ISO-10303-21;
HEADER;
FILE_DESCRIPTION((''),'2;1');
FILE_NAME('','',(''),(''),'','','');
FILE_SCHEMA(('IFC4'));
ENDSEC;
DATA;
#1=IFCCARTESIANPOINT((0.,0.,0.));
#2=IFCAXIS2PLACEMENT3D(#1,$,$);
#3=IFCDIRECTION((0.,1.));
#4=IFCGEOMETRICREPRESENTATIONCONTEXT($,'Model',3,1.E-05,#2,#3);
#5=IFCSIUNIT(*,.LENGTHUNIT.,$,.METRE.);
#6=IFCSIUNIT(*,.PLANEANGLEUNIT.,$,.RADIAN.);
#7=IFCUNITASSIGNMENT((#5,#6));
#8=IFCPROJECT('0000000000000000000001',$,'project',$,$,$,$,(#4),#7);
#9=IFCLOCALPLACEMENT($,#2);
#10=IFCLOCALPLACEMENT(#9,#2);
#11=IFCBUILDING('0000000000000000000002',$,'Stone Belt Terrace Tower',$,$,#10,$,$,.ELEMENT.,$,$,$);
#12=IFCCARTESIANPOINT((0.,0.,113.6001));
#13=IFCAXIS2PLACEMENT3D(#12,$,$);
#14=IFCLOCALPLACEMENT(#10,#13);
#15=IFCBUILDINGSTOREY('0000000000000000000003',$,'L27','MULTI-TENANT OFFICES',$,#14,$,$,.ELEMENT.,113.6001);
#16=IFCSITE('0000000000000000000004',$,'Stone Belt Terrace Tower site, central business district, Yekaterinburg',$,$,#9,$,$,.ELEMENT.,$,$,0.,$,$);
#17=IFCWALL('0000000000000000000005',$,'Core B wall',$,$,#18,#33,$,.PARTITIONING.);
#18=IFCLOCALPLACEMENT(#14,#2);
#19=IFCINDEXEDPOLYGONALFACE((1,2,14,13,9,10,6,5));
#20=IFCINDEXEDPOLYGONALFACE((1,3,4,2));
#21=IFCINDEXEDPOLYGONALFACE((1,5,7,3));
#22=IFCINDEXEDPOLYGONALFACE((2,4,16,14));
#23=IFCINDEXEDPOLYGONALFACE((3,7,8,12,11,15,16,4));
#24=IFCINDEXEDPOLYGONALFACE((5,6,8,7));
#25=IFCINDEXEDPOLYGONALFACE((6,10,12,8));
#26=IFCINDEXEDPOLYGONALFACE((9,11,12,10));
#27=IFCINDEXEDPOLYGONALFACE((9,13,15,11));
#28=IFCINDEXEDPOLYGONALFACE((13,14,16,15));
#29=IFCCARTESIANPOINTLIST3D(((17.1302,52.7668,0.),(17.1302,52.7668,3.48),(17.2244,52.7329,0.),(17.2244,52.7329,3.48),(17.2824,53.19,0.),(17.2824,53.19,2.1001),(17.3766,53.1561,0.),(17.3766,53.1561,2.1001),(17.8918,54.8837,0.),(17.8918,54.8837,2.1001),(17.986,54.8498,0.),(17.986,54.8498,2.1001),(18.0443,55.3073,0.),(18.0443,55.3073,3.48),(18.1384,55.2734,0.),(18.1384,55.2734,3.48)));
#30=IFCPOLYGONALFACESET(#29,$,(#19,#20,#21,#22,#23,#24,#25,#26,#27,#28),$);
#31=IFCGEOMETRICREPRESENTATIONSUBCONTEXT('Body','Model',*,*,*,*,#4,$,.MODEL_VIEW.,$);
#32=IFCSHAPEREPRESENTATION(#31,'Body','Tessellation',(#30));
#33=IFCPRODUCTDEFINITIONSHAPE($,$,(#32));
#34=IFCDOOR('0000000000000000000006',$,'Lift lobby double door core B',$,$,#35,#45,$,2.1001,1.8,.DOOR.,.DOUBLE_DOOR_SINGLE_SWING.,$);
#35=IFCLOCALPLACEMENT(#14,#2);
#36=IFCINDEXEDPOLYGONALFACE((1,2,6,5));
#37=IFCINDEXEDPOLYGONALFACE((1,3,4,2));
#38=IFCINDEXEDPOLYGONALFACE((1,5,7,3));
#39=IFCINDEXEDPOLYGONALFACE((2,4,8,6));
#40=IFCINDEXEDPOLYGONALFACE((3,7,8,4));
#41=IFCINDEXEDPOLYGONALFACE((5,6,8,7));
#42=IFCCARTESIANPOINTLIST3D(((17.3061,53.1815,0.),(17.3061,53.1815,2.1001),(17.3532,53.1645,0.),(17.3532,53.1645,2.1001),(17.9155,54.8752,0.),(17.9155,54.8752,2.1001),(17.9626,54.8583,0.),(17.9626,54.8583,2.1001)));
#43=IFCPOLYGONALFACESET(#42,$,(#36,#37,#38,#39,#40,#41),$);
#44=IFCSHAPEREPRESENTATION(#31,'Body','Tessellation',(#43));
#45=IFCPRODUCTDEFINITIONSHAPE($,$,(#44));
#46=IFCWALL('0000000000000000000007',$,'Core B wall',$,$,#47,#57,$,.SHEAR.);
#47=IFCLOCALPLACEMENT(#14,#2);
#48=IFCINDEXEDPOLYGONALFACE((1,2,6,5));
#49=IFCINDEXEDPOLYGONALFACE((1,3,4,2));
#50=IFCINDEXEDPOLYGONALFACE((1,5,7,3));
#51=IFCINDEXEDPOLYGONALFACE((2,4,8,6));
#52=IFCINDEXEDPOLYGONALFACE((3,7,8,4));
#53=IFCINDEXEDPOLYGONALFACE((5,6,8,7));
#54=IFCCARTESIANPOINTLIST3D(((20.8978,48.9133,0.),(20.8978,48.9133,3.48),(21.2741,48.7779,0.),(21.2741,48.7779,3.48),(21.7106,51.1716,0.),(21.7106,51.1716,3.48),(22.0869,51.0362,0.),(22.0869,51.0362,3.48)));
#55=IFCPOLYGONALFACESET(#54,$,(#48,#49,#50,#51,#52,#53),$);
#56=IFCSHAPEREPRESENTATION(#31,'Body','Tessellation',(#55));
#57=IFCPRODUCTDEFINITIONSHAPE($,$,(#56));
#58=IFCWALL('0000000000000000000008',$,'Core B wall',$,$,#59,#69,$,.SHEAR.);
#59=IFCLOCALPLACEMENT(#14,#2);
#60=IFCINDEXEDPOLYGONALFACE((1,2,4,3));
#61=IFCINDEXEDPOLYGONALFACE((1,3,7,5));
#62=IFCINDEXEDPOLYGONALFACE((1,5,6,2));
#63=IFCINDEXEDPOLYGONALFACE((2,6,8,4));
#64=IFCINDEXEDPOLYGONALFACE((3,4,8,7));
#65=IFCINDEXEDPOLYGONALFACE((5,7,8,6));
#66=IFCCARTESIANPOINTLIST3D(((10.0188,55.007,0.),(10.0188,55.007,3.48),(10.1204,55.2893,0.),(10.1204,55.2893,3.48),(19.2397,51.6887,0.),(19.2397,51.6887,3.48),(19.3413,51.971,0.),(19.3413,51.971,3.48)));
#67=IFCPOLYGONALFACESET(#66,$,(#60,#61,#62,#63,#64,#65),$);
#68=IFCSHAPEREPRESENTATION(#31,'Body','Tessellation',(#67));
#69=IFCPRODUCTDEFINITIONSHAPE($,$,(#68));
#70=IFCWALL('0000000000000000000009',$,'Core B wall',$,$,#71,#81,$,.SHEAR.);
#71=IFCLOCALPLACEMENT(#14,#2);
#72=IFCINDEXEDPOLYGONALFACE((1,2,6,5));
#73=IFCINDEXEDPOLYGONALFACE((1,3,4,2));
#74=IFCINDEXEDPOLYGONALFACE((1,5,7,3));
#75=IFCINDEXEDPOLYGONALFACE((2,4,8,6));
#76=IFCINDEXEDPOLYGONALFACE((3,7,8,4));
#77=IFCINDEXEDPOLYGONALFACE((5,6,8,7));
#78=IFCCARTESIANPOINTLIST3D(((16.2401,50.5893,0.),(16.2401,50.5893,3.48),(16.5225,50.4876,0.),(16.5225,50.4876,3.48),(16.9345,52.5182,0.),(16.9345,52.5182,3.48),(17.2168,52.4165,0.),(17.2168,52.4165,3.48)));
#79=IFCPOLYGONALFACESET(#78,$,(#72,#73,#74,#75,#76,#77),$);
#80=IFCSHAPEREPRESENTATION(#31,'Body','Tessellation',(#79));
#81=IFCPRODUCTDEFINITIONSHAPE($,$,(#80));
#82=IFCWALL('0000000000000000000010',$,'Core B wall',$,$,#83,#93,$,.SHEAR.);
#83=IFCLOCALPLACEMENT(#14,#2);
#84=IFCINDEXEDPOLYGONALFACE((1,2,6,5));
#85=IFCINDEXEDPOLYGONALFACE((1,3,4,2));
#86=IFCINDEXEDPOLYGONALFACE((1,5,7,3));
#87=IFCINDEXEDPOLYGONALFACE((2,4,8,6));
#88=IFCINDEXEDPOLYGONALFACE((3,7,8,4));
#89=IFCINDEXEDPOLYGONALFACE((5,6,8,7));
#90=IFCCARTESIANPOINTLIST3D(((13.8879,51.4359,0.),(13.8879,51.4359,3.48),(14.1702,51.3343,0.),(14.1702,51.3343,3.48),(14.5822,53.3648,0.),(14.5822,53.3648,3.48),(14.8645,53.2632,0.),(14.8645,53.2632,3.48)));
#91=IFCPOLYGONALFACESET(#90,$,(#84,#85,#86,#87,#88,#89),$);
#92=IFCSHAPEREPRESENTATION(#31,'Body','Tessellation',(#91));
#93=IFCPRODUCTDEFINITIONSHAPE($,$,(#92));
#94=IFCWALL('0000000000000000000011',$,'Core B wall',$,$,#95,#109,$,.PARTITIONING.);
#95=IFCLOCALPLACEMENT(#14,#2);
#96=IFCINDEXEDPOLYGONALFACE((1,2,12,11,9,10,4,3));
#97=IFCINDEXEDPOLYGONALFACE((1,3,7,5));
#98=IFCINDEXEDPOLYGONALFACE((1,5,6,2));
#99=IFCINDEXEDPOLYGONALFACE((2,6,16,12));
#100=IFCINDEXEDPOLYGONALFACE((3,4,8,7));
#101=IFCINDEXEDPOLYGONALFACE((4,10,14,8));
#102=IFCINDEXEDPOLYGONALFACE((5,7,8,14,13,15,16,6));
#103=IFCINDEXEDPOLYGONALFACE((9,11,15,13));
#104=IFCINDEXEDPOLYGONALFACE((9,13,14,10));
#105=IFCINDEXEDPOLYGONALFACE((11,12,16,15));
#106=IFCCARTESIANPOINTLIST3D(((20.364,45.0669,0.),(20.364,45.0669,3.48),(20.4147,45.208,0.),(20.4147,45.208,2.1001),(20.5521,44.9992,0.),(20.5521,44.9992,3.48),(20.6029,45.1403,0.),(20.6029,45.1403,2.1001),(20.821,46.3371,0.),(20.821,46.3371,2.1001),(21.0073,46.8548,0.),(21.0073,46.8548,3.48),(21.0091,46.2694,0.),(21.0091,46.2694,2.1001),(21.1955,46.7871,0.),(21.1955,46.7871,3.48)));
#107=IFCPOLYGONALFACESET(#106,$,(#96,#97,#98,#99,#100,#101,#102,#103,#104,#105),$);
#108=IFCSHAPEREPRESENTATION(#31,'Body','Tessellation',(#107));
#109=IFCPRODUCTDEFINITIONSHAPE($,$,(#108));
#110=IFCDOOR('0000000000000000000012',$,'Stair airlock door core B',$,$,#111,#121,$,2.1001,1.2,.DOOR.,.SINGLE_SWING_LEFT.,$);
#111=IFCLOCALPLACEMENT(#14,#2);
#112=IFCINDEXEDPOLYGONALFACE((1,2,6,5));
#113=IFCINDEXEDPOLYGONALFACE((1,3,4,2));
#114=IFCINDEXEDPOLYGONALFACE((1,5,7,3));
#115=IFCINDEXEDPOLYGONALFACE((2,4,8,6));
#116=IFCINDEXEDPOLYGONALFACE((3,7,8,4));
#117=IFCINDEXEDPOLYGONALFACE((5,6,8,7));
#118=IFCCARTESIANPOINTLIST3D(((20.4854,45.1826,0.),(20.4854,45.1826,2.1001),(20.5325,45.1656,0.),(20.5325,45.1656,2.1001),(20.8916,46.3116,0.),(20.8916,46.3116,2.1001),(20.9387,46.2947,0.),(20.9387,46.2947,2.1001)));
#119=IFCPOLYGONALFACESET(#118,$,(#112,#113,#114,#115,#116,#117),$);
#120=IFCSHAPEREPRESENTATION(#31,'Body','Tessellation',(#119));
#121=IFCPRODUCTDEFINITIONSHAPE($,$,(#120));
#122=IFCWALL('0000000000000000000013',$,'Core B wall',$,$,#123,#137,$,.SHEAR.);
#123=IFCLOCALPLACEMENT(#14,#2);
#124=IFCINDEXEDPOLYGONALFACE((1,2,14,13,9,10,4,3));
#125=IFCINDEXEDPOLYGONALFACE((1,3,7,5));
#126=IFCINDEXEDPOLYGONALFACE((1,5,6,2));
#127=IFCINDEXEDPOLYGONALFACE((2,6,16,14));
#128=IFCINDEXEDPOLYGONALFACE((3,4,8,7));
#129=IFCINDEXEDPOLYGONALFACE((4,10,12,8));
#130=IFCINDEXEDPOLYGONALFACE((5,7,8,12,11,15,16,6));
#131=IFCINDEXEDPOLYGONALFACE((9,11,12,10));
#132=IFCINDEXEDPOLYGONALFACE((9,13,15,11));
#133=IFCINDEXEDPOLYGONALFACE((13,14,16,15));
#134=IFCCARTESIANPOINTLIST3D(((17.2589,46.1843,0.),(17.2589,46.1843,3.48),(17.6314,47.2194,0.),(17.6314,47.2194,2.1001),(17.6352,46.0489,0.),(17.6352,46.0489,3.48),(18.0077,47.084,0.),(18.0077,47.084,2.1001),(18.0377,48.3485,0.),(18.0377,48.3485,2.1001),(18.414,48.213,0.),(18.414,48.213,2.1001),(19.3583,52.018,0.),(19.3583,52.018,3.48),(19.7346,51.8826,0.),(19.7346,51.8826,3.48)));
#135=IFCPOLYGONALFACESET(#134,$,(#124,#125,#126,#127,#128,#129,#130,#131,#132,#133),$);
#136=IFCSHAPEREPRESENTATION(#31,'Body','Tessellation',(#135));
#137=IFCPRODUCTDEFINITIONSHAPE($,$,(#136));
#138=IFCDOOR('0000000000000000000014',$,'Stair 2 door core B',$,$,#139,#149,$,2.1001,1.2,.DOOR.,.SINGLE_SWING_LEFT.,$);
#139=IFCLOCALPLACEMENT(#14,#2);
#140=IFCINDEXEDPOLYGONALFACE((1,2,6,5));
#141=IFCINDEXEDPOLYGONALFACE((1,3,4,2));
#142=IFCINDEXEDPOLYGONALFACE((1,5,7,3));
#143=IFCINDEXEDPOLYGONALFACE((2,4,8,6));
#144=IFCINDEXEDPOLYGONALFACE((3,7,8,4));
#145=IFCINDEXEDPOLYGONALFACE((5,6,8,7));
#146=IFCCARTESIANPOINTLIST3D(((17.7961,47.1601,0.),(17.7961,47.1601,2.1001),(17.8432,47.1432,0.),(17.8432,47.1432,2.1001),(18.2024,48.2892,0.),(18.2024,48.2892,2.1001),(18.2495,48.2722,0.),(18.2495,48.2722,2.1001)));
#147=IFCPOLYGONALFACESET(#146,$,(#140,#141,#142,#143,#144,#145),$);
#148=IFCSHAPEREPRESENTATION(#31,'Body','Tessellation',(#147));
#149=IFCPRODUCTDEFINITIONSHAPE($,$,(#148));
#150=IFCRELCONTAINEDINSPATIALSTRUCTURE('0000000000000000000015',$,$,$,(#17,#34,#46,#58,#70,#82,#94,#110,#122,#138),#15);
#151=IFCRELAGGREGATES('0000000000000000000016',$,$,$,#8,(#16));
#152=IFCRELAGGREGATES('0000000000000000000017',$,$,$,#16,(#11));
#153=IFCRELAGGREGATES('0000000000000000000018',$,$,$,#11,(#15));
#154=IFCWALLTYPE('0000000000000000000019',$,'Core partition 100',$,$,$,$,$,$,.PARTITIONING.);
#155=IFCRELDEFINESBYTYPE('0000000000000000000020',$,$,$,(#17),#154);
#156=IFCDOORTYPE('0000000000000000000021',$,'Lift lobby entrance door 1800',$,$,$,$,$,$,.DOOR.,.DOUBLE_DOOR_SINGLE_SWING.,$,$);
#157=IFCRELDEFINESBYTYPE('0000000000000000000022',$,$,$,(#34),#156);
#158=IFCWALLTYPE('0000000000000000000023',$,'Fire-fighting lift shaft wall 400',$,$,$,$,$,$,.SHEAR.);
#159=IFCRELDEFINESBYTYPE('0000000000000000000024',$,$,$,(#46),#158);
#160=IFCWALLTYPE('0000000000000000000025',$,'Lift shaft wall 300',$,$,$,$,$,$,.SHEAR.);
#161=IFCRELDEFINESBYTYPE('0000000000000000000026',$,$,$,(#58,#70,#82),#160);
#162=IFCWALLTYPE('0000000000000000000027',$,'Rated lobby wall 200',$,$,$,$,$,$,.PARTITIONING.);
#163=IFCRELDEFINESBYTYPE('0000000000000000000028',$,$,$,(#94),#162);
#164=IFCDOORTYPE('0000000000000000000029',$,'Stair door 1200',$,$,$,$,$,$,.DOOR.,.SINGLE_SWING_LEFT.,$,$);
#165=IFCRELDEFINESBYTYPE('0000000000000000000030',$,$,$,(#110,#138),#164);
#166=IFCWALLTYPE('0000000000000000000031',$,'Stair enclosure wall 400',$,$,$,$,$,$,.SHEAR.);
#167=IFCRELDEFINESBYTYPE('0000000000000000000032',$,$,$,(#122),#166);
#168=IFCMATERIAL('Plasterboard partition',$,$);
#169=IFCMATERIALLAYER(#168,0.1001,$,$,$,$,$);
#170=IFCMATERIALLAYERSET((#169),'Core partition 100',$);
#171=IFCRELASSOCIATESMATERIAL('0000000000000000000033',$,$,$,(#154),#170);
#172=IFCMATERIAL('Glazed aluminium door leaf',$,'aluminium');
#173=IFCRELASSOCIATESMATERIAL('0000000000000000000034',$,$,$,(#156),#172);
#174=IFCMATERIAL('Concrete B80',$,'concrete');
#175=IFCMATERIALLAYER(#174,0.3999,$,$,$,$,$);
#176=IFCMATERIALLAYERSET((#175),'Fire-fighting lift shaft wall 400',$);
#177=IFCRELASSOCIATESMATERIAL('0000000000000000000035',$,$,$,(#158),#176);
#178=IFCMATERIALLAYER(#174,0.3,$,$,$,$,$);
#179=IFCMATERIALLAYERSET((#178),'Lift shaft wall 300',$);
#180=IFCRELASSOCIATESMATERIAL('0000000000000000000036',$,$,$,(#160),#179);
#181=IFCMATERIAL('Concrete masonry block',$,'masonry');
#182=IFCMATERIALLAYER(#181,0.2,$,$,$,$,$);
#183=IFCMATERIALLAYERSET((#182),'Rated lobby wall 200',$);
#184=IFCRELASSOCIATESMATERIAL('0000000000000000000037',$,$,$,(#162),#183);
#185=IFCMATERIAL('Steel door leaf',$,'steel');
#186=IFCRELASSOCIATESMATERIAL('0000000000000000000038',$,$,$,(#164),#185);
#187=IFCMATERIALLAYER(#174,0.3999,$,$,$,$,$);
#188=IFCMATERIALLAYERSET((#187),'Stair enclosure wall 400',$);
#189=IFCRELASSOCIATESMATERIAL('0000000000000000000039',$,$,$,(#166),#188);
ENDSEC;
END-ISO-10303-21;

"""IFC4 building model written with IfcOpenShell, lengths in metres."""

from ifc_helpers import new_model, si_unit, direction, frame, frame_2d, origin, place, context, subcontext, project, spatial, rectangle, extrude, material, layer, layer_set, type_object, element, fill, save


model = new_model("IFC4")

# Units and contexts
model_context = context("Model", 3, precision=1e-05, world=origin(), true_north=direction((0.0, 1.0)))
body_context = subcontext(model_context, "Body", "Model", "MODEL_VIEW")
ifc_project = project(units=[si_unit("LENGTHUNIT", "METRE"), si_unit("PLANEANGLEUNIT", "RADIAN")], contexts=[model_context])

# Site, building, storey
site_placement = place(None, origin())
site = spatial("IfcSite", under=ifc_project, at=site_placement, Name="Stone Belt Terrace Tower site, central business district, Yekaterinburg", CompositionType="ELEMENT", RefElevation=0.0)
building_placement = place(site_placement, origin())
building = spatial("IfcBuilding", under=site, at=building_placement, Name="Stone Belt Terrace Tower", CompositionType="ELEMENT")
storey_placement = place(building_placement, frame((0.0, 0.0, 113.6001)))
storey = spatial("IfcBuildingStorey", under=building, at=storey_placement, Name="L27", Description="MULTI-TENANT OFFICES", CompositionType="ELEMENT", Elevation=113.6001)

# Wall, opening, door
ifc_material_1 = material(Name="Plasterboard partition")
ifc_layer_1 = layer(ifc_material_1, 0.1001)
ifc_layer_set_1 = layer_set([ifc_layer_1], Name="Core partition 100")
wall_type_1 = type_object("IfcWallType", Name="Core partition 100", PredefinedType="PARTITIONING", material=ifc_layer_set_1)
wall_1_placement = place(storey_placement, frame((17.1772, 52.7498, 0.0), z_axis=(0.0, 0.0, 1.0), x_axis=(0.338547, 0.94095, 0.0)))
wall_1 = element("IfcWall", 1, at=wall_1_placement, inside=storey, type_object=wall_type_1, Name="Core B wall", PredefinedType="PARTITIONING", context=body_context, shape_type="SweptSolid", body=[
    extrude(rectangle(XDim=2.7, YDim=0.1001, at=frame_2d((1.3501, 0.0))), origin(), (0.0, 0.0, 1.0), 3.48),
])
opening_1_placement = place(wall_1_placement, frame((0.45, 0.0, 0.0)))
opening_1 = element("IfcOpeningElement", 2, at=opening_1_placement, cuts=wall_1, PredefinedType="OPENING", context=body_context, shape_type="SweptSolid", body=[
    extrude(rectangle(XDim=1.8, YDim=2.1001, at=frame_2d((0.8999, 1.05))), frame((0.0, 0.0601, 0.0), z_axis=(0.0, -1.0, 0.0), x_axis=(1.0, 0.0, 0.0)), (0.0, 0.0, 1.0), 0.1201),
])
ifc_material_2 = material(Name="Glazed aluminium door leaf", Category="aluminium")
door_type_1 = type_object("IfcDoorType", Name="Lift lobby entrance door 1800", OperationType="DOUBLE_DOOR_SINGLE_SWING", PredefinedType="DOOR", material=ifc_material_2)
door_1_placement = place(opening_1_placement, origin())
door_1 = element("IfcDoor", 3, at=door_1_placement, inside=storey, type_object=door_type_1, Name="Lift lobby double door core B", OperationType="DOUBLE_DOOR_SINGLE_SWING", OverallHeight=2.1001, OverallWidth=1.8, PredefinedType="DOOR", context=body_context, shape_type="SweptSolid", body=[
    extrude(rectangle(XDim=1.8, YDim=2.1001, at=frame_2d((0.8999, 1.05))), frame((0.0, 0.0249, 0.0), z_axis=(0.0, -1.0, 0.0), x_axis=(1.0, 0.0, 0.0)), (0.0, 0.0, 1.0), 0.05),
])
fill(opening_1, door_1)

# Walls
ifc_material_3 = material(Name="Concrete B80", Category="concrete")
ifc_layer_2 = layer(ifc_material_3, 0.3999)
ifc_layer_set_2 = layer_set([ifc_layer_2], Name="Fire-fighting lift shaft wall 400")
wall_type_2 = type_object("IfcWallType", Name="Fire-fighting lift shaft wall 400", PredefinedType="SHEAR", material=ifc_layer_set_2)
wall_2_placement = place(storey_placement, frame((21.0859, 48.8455, 0.0), z_axis=(0.0, 0.0, 1.0), x_axis=(0.338629, 0.94092, 0.0)))
element("IfcWall", 4, at=wall_2_placement, inside=storey, type_object=wall_type_2, Name="Core B wall", PredefinedType="SHEAR", context=body_context, shape_type="SweptSolid", body=[
    extrude(rectangle(XDim=2.4001, YDim=0.3999, at=frame_2d((1.2002, 0.0))), origin(), (0.0, 0.0, 1.0), 3.48),
])
ifc_layer_3 = layer(ifc_material_3, 0.3)
ifc_layer_set_3 = layer_set([ifc_layer_3], Name="Lift shaft wall 300")
wall_type_3 = type_object("IfcWallType", Name="Lift shaft wall 300", PredefinedType="SHEAR", material=ifc_layer_set_3)
wall_3_placement = place(storey_placement, frame((19.2905, 51.8298, 0.0), z_axis=(0.0, 0.0, 1.0), x_axis=(-0.940926, 0.338613, 0.0)))
element("IfcWall", 5, at=wall_3_placement, inside=storey, type_object=wall_type_3, Name="Core B wall", PredefinedType="SHEAR", context=body_context, shape_type="SweptSolid", body=[
    extrude(rectangle(XDim=9.7998, YDim=0.3, at=frame_2d((4.8999, 0.0))), origin(), (0.0, 0.0, 1.0), 3.48),
])
for number, where, z_axis, x_axis, name in (
    (6, (16.3813, 50.5386, 0.0), (0.0, 0.0, 1.0), (0.338682, 0.940901, 0.0), "Core B wall"),
    (7, (14.0291, 51.3853, 0.0), (0.0, 0.0, 1.0), (0.338682, 0.940901, 0.0), "Core B wall"),
):
    element("IfcWall", number, at=place(storey_placement, frame(where, z_axis=z_axis, x_axis=x_axis)), inside=storey, type_object=wall_type_3, Name=name, PredefinedType="SHEAR", context=body_context, shape_type="SweptSolid", body=[
        extrude(rectangle(XDim=2.05, YDim=0.3, at=frame_2d((1.0249, 0.0))), origin(), (0.0, 0.0, 1.0), 3.48),
    ])

# Walls, openings, doors
ifc_material_4 = material(Name="Concrete masonry block", Category="masonry")
ifc_layer_4 = layer(ifc_material_4, 0.2)
ifc_layer_set_4 = layer_set([ifc_layer_4], Name="Rated lobby wall 200")
wall_type_4 = type_object("IfcWallType", Name="Rated lobby wall 200", PredefinedType="PARTITIONING", material=ifc_layer_set_4)
wall_4_placement = place(storey_placement, frame((20.458, 45.033, 0.0), z_axis=(0.0, 0.0, 1.0), x_axis=(0.338574, 0.94094, 0.0)))
wall_4 = element("IfcWall", 8, at=wall_4_placement, inside=storey, type_object=wall_type_4, Name="Core B wall", PredefinedType="PARTITIONING", context=body_context, shape_type="SweptSolid", body=[
    extrude(rectangle(XDim=1.9001, YDim=0.2, at=frame_2d((0.9502, 0.0))), origin(), (0.0, 0.0, 1.0), 3.48),
])
opening_2_placement = place(wall_4_placement, frame((0.1499, 0.0, 0.0)))
opening_2 = element("IfcOpeningElement", 9, at=opening_2_placement, cuts=wall_4, PredefinedType="OPENING", context=body_context, shape_type="SweptSolid", body=[
    extrude(rectangle(XDim=1.2, YDim=2.1001, at=frame_2d((0.6001, 1.05))), frame((0.0, 0.1099, 0.0), z_axis=(0.0, -1.0, 0.0), x_axis=(1.0, 0.0, 0.0)), (0.0, 0.0, 1.0), 0.22),
])
ifc_material_5 = material(Name="Steel door leaf", Category="steel")
door_type_2 = type_object("IfcDoorType", Name="Stair door 1200", OperationType="SINGLE_SWING_LEFT", PredefinedType="DOOR", material=ifc_material_5)
door_2_placement = place(opening_2_placement, origin())
door_2 = element("IfcDoor", 10, at=door_2_placement, inside=storey, type_object=door_type_2, Name="Stair airlock door core B", OperationType="SINGLE_SWING_LEFT", OverallHeight=2.1001, OverallWidth=1.2, PredefinedType="DOOR", context=body_context, shape_type="SweptSolid", body=[
    extrude(rectangle(XDim=1.2, YDim=2.1001, at=frame_2d((0.6001, 1.05))), frame((0.0, 0.0249, 0.0), z_axis=(0.0, -1.0, 0.0), x_axis=(1.0, 0.0, 0.0)), (0.0, 0.0, 1.0), 0.05),
])
fill(opening_2, door_2)
ifc_layer_5 = layer(ifc_material_3, 0.3999)
ifc_layer_set_5 = layer_set([ifc_layer_5], Name="Stair enclosure wall 400")
wall_type_5 = type_object("IfcWallType", Name="Stair enclosure wall 400", PredefinedType="SHEAR", material=ifc_layer_set_5)
wall_5_placement = place(storey_placement, frame((17.447, 46.1165, 0.0), z_axis=(0.0, 0.0, 1.0), x_axis=(0.338608, 0.940928, 0.0)))
wall_5 = element("IfcWall", 11, at=wall_5_placement, inside=storey, type_object=wall_type_5, Name="Core B wall", PredefinedType="SHEAR", context=body_context, shape_type="SweptSolid", body=[
    extrude(rectangle(XDim=6.2, YDim=0.3999, at=frame_2d((3.1001, 0.0))), origin(), (0.0, 0.0, 1.0), 3.48),
])
opening_3_placement = place(wall_5_placement, frame((1.1001, 0.0, 0.0)))
opening_3 = element("IfcOpeningElement", 12, at=opening_3_placement, cuts=wall_5, PredefinedType="OPENING", context=body_context, shape_type="SweptSolid", body=[
    extrude(rectangle(XDim=1.2, YDim=2.1001, at=frame_2d((0.6001, 1.05))), frame((0.0, 0.21, 0.0), z_axis=(0.0, -1.0, 0.0), x_axis=(1.0, 0.0, 0.0)), (0.0, 0.0, 1.0), 0.4199),
])
door_3_placement = place(opening_3_placement, origin())
door_3 = element("IfcDoor", 13, at=door_3_placement, inside=storey, type_object=door_type_2, Name="Stair 2 door core B", OperationType="SINGLE_SWING_LEFT", OverallHeight=2.1001, OverallWidth=1.2, PredefinedType="DOOR", context=body_context, shape_type="SweptSolid", body=[
    extrude(rectangle(XDim=1.2, YDim=2.1001, at=frame_2d((0.6001, 1.05))), frame((0.0, 0.0249, 0.0), z_axis=(0.0, -1.0, 0.0), x_axis=(1.0, 0.0, 0.0)), (0.0, 0.0, 1.0), 0.05),
])
fill(opening_3, door_3)

save(model, "model.ifc")
